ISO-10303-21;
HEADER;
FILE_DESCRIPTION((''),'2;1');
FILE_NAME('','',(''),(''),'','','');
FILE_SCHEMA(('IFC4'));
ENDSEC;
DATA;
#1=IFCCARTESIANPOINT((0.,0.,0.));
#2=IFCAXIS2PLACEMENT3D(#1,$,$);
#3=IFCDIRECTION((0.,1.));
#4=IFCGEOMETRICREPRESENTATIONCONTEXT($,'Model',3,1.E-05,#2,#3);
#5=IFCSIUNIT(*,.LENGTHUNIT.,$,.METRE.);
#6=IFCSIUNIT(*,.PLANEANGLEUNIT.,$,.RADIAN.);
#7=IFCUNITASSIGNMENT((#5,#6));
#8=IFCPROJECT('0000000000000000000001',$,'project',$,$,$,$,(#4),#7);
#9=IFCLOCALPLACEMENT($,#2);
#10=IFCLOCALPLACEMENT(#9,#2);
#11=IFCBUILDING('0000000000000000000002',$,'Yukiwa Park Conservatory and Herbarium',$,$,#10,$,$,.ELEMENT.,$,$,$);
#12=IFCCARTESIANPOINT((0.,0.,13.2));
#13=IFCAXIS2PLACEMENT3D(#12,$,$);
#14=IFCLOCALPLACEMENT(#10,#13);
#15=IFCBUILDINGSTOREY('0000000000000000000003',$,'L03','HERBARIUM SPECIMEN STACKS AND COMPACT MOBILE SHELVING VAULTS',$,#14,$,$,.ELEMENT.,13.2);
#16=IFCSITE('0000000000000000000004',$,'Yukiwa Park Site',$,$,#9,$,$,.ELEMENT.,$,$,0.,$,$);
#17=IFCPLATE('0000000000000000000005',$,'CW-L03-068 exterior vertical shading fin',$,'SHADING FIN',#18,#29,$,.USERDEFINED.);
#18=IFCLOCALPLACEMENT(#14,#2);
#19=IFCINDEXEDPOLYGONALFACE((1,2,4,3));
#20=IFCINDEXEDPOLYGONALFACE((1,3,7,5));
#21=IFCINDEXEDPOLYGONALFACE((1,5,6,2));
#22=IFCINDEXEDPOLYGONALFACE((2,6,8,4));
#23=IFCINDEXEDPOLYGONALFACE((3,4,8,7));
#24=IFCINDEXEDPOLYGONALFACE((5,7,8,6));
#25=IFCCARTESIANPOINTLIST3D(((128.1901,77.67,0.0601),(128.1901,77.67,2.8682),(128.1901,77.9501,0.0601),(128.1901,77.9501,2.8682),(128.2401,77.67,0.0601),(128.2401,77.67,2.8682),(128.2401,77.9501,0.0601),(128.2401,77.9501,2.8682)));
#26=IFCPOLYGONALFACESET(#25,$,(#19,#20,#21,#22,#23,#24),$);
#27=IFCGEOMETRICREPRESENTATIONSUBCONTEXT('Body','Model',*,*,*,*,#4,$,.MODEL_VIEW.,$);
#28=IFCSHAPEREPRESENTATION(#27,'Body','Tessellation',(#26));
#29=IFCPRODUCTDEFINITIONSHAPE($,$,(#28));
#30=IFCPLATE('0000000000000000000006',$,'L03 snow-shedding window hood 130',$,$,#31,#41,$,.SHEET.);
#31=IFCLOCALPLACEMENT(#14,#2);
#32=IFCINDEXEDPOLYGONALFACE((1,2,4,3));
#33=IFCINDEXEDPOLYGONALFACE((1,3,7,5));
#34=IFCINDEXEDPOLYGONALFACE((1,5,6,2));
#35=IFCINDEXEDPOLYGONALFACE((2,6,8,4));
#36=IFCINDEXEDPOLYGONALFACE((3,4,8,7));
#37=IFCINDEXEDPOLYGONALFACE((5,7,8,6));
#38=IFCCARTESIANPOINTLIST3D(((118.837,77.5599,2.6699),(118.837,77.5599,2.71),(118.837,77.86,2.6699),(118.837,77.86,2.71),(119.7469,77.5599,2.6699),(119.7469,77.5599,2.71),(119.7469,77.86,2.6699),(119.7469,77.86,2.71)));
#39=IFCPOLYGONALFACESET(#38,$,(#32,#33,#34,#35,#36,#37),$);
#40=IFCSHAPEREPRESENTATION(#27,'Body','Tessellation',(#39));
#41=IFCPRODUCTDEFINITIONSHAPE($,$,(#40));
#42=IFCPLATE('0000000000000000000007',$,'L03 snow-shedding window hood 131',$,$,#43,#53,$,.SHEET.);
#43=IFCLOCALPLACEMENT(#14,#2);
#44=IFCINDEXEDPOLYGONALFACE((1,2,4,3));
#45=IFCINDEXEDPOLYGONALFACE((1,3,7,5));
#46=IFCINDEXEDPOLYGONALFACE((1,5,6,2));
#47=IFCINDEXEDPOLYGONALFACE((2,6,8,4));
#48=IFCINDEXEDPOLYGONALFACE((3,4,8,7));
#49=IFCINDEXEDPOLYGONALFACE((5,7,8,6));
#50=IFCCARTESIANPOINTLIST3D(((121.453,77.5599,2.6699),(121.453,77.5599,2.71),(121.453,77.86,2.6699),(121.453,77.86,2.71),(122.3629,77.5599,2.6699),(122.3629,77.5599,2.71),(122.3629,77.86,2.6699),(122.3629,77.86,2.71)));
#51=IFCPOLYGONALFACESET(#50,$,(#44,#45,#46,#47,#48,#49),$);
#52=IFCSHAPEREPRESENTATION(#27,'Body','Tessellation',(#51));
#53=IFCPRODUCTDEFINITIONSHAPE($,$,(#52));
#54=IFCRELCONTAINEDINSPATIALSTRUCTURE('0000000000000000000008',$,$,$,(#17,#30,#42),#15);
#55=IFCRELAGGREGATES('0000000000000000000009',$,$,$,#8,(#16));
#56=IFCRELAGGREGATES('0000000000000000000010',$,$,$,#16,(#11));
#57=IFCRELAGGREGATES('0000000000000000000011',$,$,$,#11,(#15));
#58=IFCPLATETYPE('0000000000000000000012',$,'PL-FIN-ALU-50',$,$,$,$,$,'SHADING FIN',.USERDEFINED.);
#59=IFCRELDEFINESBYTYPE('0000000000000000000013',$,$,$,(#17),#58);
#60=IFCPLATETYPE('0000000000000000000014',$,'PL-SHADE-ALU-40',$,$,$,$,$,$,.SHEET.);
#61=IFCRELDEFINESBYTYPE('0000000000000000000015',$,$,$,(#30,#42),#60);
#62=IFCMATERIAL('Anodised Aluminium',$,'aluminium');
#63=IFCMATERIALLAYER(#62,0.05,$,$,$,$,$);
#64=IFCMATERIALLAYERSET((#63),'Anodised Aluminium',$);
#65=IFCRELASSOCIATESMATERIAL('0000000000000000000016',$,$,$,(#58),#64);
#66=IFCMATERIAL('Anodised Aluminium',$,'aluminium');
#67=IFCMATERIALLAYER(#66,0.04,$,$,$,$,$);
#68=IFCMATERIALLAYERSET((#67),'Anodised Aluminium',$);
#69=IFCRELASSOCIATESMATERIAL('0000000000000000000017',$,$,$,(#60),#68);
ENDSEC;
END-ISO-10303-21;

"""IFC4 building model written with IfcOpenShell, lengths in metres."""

from ifc_helpers import new_model, si_unit, direction, frame, origin, origin_2d, place, context, subcontext, project, spatial, rectangle, extrude, material, layer, layer_set, type_object, element, save


model = new_model("IFC4")

# Units and contexts
model_context = context("Model", 3, precision=1e-05, world=origin(), true_north=direction((0.0, 1.0)))
body_context = subcontext(model_context, "Body", "Model", "MODEL_VIEW")
ifc_project = project(units=[si_unit("LENGTHUNIT", "METRE"), si_unit("PLANEANGLEUNIT", "RADIAN")], contexts=[model_context])

# Site, building, storey
site_placement = place(None, origin())
site = spatial("IfcSite", under=ifc_project, at=site_placement, Name="Yukiwa Park Site", CompositionType="ELEMENT", RefElevation=0.0)
building_placement = place(site_placement, origin())
building = spatial("IfcBuilding", under=site, at=building_placement, Name="Yukiwa Park Conservatory and Herbarium", CompositionType="ELEMENT")
storey_placement = place(building_placement, frame((0.0, 0.0, 13.2)))
storey = spatial("IfcBuildingStorey", under=building, at=storey_placement, Name="L03", Description="HERBARIUM SPECIMEN STACKS AND COMPACT MOBILE SHELVING VAULTS", CompositionType="ELEMENT", Elevation=13.2)

# Plates
ifc_material_1 = material(Name="Anodised Aluminium", Category="aluminium")
ifc_layer_1 = layer(ifc_material_1, 0.05)
ifc_layer_set_1 = layer_set([ifc_layer_1], Name="Anodised Aluminium")
plate_type_1 = type_object("IfcPlateType", Name="PL-FIN-ALU-50", ElementType="SHADING FIN", PredefinedType="USERDEFINED", material=ifc_layer_set_1)
plate_1_placement = place(storey_placement, frame((128.2151, 77.8101, 0.0601), z_axis=(0.0, 0.0, 1.0), x_axis=(1.0, 0.0, 0.0)))
element("IfcPlate", 1, at=plate_1_placement, inside=storey, type_object=plate_type_1, Name="CW-L03-068 exterior vertical shading fin", ObjectType="SHADING FIN", PredefinedType="USERDEFINED", context=body_context, shape_type="SweptSolid", body=[
    extrude(rectangle(XDim=0.05, YDim=0.28, at=origin_2d()), origin(), (0.0, 0.0, 1.0), 2.8081),
])
ifc_material_2 = material(Name="Anodised Aluminium", Category="aluminium")
ifc_layer_2 = layer(ifc_material_2, 0.04)
ifc_layer_set_2 = layer_set([ifc_layer_2], Name="Anodised Aluminium")
plate_type_2 = type_object("IfcPlateType", Name="PL-SHADE-ALU-40", PredefinedType="SHEET", material=ifc_layer_set_2)
for number, where, z_axis, x_axis, name in (
    (2, (119.292, 77.71, 2.6699), (0.0, 0.0, 1.0), (1.0, 0.0, 0.0), "L03 snow-shedding window hood 130"),
    (3, (121.908, 77.71, 2.6699), (0.0, 0.0, 1.0), (1.0, 0.0, 0.0), "L03 snow-shedding window hood 131"),
):
    element("IfcPlate", number, at=place(storey_placement, frame(where, z_axis=z_axis, x_axis=x_axis)), inside=storey, type_object=plate_type_2, Name=name, PredefinedType="SHEET", context=body_context, shape_type="SweptSolid", body=[
        extrude(rectangle(XDim=0.9099, YDim=0.3, at=origin_2d()), origin(), (0.0, 0.0, 1.0), 0.04),
    ])

save(model, "model.ifc")
